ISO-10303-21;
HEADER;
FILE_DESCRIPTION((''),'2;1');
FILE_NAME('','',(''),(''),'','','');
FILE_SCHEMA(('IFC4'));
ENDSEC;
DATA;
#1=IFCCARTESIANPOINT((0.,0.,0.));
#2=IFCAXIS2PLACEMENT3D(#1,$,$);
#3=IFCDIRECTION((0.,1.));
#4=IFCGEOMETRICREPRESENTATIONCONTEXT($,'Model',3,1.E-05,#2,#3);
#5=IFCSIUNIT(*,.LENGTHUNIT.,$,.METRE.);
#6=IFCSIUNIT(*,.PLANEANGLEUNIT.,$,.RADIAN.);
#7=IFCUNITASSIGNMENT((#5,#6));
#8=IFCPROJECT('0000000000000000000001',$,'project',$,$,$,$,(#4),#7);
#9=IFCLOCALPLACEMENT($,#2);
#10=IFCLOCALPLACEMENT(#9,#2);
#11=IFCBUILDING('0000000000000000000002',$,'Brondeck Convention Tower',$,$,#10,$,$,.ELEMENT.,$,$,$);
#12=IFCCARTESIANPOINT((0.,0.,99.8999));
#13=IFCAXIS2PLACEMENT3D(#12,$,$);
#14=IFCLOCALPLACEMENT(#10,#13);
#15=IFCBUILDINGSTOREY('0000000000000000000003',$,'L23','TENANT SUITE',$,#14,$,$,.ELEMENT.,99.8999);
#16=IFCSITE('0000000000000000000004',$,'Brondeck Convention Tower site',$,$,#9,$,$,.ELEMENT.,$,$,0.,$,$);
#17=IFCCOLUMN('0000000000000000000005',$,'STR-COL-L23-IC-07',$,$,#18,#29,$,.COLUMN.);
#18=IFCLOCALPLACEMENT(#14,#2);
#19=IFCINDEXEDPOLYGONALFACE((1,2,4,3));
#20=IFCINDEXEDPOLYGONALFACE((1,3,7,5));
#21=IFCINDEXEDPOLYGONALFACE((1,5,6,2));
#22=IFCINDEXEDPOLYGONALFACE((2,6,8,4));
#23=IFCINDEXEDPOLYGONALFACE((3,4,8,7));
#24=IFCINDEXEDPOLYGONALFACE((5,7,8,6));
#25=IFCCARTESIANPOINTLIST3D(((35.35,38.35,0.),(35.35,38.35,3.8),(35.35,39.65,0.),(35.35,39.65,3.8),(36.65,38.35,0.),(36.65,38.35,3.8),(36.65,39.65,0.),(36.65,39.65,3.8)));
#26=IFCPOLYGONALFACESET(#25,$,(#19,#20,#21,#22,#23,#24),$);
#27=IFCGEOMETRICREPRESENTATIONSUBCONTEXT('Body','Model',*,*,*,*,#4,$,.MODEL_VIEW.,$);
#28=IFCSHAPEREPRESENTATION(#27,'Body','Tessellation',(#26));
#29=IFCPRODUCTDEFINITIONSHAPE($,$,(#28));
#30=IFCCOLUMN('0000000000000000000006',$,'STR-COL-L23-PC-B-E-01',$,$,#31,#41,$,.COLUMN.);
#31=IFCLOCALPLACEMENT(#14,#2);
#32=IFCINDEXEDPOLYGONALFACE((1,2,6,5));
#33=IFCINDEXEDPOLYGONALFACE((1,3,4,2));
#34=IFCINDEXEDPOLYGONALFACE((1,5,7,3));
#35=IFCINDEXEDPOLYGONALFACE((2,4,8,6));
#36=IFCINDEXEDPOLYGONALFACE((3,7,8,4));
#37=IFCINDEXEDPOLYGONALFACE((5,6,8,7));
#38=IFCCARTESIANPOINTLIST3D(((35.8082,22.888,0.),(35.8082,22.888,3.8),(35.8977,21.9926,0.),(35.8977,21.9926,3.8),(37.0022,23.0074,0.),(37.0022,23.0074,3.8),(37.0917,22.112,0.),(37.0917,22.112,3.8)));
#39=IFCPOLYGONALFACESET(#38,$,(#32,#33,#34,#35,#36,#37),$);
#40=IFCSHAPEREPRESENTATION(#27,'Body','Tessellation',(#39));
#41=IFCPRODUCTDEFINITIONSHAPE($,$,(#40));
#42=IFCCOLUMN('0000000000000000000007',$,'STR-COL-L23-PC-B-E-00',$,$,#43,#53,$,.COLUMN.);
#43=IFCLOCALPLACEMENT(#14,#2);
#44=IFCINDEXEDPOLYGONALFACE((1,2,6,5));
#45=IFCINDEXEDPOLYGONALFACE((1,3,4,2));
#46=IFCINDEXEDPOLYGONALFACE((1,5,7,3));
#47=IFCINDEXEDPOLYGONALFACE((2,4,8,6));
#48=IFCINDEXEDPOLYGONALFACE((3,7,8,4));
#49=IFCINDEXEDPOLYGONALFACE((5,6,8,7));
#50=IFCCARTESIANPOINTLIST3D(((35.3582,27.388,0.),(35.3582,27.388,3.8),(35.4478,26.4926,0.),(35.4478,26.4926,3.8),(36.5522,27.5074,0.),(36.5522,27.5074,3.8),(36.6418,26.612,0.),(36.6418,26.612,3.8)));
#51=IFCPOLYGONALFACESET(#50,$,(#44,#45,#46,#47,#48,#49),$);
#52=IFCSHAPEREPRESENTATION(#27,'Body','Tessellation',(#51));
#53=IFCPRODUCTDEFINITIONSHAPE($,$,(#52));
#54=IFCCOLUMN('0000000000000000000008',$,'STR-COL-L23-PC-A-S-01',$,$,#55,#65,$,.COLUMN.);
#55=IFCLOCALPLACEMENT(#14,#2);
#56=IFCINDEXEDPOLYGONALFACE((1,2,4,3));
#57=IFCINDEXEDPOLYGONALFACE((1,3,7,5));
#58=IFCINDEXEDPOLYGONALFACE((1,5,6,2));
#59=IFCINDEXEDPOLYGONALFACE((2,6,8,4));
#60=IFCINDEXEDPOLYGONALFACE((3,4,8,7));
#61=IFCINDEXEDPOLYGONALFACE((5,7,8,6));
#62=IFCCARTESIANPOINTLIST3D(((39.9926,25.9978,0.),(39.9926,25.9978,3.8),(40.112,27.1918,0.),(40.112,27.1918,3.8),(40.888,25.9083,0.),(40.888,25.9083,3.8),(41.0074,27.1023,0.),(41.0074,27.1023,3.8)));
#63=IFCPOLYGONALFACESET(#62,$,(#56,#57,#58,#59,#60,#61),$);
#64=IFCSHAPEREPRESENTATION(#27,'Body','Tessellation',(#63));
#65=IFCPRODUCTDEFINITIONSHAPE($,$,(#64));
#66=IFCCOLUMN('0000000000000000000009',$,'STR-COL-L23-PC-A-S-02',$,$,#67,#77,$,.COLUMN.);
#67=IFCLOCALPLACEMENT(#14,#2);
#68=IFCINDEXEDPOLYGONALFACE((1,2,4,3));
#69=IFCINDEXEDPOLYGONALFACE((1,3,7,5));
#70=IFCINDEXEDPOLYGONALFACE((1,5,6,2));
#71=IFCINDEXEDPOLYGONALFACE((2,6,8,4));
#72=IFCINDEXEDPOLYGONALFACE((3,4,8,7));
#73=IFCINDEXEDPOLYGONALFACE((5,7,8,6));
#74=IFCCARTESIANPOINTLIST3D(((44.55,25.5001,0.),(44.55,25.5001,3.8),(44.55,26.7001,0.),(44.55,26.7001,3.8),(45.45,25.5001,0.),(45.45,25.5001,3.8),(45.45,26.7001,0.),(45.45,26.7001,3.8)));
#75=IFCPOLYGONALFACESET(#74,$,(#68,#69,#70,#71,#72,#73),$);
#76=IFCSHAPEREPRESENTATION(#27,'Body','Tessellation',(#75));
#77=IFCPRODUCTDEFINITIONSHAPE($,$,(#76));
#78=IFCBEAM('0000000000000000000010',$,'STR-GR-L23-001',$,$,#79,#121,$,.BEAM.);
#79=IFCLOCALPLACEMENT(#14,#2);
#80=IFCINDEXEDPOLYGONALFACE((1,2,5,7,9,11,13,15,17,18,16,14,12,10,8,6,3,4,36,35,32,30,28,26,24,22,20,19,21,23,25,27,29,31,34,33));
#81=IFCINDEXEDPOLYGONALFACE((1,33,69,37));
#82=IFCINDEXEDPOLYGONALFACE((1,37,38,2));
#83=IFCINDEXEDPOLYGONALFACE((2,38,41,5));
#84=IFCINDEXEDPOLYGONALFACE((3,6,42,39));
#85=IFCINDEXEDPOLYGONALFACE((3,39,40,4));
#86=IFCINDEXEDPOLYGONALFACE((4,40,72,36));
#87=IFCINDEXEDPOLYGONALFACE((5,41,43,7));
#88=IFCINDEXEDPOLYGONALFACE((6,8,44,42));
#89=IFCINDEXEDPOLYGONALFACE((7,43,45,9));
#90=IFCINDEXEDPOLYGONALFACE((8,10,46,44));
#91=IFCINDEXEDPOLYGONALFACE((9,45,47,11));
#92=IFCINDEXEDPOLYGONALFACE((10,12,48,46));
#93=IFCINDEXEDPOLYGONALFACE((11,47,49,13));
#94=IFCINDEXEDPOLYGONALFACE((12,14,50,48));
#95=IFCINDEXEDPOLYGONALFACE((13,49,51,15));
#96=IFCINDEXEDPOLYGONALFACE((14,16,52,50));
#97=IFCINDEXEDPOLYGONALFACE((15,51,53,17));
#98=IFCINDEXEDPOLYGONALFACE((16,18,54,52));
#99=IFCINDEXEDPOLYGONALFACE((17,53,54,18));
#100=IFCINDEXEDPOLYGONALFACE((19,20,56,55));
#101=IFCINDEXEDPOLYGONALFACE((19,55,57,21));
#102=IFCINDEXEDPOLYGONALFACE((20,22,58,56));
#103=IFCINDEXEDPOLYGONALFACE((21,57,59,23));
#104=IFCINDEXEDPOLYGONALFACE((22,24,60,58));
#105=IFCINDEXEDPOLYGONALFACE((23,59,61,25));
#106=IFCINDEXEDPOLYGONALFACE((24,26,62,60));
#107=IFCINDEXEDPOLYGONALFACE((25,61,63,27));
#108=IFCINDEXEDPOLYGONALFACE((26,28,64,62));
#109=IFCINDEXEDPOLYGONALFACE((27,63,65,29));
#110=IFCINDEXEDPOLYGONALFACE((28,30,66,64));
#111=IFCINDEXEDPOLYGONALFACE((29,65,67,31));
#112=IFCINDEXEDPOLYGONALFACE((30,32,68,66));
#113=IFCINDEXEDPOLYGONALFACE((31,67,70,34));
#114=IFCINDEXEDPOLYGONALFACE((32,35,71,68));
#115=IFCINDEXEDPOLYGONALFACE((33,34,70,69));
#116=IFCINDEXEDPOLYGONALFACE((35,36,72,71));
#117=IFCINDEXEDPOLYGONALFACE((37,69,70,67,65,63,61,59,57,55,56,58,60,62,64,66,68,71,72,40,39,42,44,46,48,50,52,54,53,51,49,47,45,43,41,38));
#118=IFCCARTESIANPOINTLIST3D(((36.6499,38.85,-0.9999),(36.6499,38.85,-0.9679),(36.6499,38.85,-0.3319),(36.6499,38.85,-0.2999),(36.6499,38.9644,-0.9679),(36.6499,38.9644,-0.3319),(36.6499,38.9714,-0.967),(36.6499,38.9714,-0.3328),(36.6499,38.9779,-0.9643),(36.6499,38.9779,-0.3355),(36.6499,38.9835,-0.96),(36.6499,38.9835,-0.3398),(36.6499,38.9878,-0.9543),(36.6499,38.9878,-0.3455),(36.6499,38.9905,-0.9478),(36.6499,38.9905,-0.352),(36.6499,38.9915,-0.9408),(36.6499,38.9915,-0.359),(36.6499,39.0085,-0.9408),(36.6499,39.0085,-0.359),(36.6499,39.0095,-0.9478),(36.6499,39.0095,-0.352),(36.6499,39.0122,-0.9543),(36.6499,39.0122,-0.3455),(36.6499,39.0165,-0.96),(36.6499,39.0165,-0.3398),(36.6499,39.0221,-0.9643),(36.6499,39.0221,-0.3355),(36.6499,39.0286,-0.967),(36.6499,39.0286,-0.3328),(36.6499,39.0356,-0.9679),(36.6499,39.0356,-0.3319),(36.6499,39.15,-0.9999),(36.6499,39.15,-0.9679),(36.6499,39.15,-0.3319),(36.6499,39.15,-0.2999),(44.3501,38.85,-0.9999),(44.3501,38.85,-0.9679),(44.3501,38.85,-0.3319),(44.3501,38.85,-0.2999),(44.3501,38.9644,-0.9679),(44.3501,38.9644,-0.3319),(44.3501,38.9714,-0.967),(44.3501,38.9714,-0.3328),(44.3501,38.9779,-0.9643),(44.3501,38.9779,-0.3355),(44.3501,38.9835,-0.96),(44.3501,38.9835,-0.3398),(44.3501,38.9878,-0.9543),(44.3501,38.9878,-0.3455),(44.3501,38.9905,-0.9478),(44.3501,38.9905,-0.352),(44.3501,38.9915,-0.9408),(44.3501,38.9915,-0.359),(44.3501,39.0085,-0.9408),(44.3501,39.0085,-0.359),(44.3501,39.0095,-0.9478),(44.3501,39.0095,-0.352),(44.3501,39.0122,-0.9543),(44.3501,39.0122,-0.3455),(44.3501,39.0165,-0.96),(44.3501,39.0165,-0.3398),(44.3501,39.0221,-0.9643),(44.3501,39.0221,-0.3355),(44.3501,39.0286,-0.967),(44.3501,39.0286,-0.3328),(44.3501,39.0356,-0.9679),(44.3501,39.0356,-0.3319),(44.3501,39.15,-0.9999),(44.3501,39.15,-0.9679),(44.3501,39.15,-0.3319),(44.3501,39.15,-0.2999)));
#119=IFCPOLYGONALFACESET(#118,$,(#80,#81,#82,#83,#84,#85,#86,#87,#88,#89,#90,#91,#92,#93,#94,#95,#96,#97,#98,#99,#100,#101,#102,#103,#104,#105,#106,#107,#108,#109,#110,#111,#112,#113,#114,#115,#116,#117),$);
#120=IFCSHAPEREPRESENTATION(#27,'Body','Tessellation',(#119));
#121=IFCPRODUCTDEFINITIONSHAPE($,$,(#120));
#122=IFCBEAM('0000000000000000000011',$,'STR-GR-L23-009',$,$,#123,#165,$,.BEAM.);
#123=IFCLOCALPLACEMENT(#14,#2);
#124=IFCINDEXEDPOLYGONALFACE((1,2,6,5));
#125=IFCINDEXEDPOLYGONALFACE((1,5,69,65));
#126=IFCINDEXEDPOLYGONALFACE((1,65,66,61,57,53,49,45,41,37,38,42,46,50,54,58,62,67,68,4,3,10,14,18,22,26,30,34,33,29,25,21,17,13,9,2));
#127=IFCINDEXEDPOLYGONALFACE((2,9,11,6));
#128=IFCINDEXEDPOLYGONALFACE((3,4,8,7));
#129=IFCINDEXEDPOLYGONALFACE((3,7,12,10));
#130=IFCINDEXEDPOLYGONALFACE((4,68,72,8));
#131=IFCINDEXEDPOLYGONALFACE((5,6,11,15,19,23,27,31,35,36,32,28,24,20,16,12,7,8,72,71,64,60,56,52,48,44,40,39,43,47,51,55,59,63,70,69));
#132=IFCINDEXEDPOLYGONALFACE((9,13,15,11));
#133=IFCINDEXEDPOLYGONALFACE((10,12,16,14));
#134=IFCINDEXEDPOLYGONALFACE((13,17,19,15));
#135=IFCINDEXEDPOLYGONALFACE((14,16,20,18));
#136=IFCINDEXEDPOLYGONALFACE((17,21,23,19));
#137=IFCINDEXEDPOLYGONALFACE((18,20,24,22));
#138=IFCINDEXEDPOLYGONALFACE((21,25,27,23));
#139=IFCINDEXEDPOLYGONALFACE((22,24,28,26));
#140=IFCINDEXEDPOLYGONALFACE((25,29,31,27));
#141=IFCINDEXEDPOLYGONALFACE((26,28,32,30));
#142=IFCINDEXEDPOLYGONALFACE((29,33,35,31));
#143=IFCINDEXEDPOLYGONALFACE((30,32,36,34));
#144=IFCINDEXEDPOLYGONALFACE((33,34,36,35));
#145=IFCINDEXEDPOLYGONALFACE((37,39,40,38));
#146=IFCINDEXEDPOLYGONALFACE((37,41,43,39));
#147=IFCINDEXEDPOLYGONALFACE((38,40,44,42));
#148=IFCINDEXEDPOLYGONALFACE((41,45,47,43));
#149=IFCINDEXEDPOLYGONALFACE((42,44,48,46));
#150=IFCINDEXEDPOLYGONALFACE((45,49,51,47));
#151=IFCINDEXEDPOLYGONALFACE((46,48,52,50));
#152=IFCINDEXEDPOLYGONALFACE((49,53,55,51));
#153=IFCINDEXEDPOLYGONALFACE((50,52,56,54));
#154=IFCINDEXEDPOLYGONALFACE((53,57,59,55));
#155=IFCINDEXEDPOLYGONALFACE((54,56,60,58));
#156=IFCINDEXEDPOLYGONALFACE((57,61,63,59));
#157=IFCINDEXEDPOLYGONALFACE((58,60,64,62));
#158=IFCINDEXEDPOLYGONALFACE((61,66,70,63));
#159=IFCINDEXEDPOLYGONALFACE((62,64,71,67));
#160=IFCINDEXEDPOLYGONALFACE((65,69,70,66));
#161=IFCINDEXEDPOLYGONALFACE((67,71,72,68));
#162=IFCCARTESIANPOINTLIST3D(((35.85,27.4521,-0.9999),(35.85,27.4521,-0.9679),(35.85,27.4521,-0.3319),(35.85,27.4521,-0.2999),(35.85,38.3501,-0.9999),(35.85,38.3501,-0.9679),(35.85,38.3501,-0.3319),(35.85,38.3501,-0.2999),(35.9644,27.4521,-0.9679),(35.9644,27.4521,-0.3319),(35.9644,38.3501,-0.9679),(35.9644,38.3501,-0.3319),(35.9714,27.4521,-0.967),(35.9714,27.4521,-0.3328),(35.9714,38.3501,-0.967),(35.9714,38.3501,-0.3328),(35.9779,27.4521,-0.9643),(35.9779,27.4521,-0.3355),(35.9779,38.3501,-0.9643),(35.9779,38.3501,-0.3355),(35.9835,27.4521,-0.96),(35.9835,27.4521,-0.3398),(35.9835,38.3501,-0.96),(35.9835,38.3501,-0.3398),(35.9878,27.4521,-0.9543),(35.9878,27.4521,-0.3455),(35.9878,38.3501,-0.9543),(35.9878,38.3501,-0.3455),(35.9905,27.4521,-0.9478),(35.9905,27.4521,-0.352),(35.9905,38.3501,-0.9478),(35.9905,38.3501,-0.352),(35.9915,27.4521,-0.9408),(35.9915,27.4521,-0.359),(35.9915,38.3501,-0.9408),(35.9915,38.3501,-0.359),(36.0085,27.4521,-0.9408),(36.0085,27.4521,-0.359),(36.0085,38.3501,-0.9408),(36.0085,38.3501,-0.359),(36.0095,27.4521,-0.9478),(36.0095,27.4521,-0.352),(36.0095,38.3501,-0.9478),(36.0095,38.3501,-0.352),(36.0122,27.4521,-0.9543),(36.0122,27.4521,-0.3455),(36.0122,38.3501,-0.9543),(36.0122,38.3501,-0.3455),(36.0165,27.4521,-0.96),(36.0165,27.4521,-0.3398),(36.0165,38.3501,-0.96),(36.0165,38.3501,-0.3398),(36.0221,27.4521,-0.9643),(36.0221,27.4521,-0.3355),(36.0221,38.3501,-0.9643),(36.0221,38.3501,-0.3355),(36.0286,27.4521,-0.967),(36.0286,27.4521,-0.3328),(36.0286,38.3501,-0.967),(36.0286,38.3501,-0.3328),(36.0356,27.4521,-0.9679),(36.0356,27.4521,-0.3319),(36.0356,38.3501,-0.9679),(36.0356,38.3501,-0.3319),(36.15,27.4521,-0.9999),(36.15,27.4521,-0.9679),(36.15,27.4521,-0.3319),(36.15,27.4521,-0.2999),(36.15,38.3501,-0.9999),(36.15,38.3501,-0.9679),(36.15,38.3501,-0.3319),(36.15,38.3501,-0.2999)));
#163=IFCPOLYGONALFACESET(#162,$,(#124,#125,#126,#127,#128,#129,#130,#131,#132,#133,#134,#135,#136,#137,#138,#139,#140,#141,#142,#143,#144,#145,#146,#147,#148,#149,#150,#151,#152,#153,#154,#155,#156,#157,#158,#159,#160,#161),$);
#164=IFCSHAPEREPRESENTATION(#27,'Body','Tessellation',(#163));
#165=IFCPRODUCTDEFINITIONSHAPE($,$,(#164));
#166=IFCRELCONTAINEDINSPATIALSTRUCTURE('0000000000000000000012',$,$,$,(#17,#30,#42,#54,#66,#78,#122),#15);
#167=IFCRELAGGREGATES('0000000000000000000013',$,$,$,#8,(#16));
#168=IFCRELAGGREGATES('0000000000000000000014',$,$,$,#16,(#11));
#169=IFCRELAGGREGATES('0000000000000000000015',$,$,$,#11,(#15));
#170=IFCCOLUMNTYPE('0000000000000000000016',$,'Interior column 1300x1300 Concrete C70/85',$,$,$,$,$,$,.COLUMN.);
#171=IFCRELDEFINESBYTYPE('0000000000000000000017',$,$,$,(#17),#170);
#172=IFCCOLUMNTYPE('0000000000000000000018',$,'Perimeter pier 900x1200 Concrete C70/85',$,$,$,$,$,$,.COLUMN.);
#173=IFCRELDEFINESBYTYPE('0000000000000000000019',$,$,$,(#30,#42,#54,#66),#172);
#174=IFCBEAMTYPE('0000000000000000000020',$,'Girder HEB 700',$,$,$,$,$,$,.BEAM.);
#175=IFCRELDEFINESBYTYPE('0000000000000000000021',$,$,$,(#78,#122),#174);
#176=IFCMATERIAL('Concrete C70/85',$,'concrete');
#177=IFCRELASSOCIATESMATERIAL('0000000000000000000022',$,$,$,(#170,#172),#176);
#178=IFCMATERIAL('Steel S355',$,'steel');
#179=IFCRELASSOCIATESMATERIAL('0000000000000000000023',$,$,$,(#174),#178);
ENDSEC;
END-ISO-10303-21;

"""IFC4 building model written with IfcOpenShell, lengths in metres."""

from ifc_helpers import new_model, si_unit, direction, frame, origin, origin_2d, place, context, subcontext, project, spatial, rectangle, i_section, extrude, material, material_profile, profile_set, type_object, element, save


model = new_model("IFC4")

# Units and contexts
model_context = context("Model", 3, precision=1e-05, world=origin(), true_north=direction((0.0, 1.0)))
body_context = subcontext(model_context, "Body", "Model", "MODEL_VIEW")
ifc_project = project(units=[si_unit("LENGTHUNIT", "METRE"), si_unit("PLANEANGLEUNIT", "RADIAN")], contexts=[model_context])

# Site, building, storey
site_placement = place(None, origin())
site = spatial("IfcSite", under=ifc_project, at=site_placement, Name="Brondeck Convention Tower site", CompositionType="ELEMENT", RefElevation=0.0)
building_placement = place(site_placement, origin())
building = spatial("IfcBuilding", under=site, at=building_placement, Name="Brondeck Convention Tower", CompositionType="ELEMENT")
storey_placement = place(building_placement, frame((0.0, 0.0, 99.8999)))
storey = spatial("IfcBuildingStorey", under=building, at=storey_placement, Name="L23", Description="TENANT SUITE", CompositionType="ELEMENT", Elevation=99.8999)

# Columns
ifc_material_1 = material(Name="Concrete C70/85", Category="concrete")
ifc_material_profile_1 = material_profile(ifc_material_1, rectangle(XDim=1.3, YDim=1.3, at=origin_2d()), Name="Interior column 1300x1300 Concrete C70/85")
ifc_profile_set_1 = profile_set([ifc_material_profile_1], Name="Concrete C70/85")
column_type_1 = type_object("IfcColumnType", Name="Interior column 1300x1300 Concrete C70/85", PredefinedType="COLUMN", material=ifc_profile_set_1)
column_placement = place(storey_placement, frame((36.0, 39.0, 0.0), z_axis=(0.0, 0.0, 1.0), x_axis=(1.0, 0.0, 0.0)))
element("IfcColumn", 1, at=column_placement, inside=storey, type_object=column_type_1, Name="STR-COL-L23-IC-07", PredefinedType="COLUMN", context=body_context, shape_type="SweptSolid", body=[
    extrude(rectangle(XDim=1.3, YDim=1.3, at=origin_2d()), origin(), (0.0, 0.0, 1.0), 3.8),
])
ifc_material_profile_2 = material_profile(ifc_material_1, rectangle(XDim=0.8999, YDim=1.2, at=origin_2d()), Name="Perimeter pier 900x1200 Concrete C70/85")
ifc_profile_set_2 = profile_set([ifc_material_profile_2], Name="Concrete C70/85")
column_type_2 = type_object("IfcColumnType", Name="Perimeter pier 900x1200 Concrete C70/85", PredefinedType="COLUMN", material=ifc_profile_set_2)
for number, where, z_axis, x_axis, name in (
    (2, (36.45, 22.5, 0.0), (0.0, 0.0, 1.0), (-0.099504, 0.995037, 0.0), "STR-COL-L23-PC-B-E-01"),
    (3, (36.0, 27.0, 0.0), (0.0, 0.0, 1.0), (-0.099504, 0.995037, 0.0), "STR-COL-L23-PC-B-E-00"),
    (4, (40.5, 26.55, 0.0), (0.0, 0.0, 1.0), (0.995037, -0.099504, 0.0), "STR-COL-L23-PC-A-S-01"),
    (5, (45.0, 26.1001, 0.0), (0.0, 0.0, 1.0), (1.0, 0.0, 0.0), "STR-COL-L23-PC-A-S-02"),
):
    element("IfcColumn", number, at=place(storey_placement, frame(where, z_axis=z_axis, x_axis=x_axis)), inside=storey, type_object=column_type_2, Name=name, PredefinedType="COLUMN", context=body_context, shape_type="SweptSolid", body=[
        extrude(rectangle(XDim=0.8999, YDim=1.2, at=origin_2d()), origin(), (0.0, 0.0, 1.0), 3.8),
    ])

# Beams
ifc_material_2 = material(Name="Steel S355", Category="steel")
ifc_material_profile_3 = material_profile(ifc_material_2, i_section(OverallWidth=0.3, OverallDepth=0.7, WebThickness=0.0171, FlangeThickness=0.032, FilletRadius=0.0271, at=origin_2d()), Name="HEB 700")
ifc_profile_set_3 = profile_set([ifc_material_profile_3], Name="Steel S355")
beam_type_1 = type_object("IfcBeamType", Name="Girder HEB 700", PredefinedType="BEAM", material=ifc_profile_set_3)
beam_1_placement = place(storey_placement, frame((36.6499, 39.0, -0.6499), z_axis=(1.0, 0.0, 0.0), x_axis=(0.0, 1.0, 0.0)))
element("IfcBeam", 6, at=beam_1_placement, inside=storey, type_object=beam_type_1, Name="STR-GR-L23-001", PredefinedType="BEAM", context=body_context, shape_type="SweptSolid", body=[
    extrude(i_section(OverallWidth=0.3, OverallDepth=0.7, WebThickness=0.0171, FlangeThickness=0.032, FilletRadius=0.0271, at=origin_2d()), origin(), (0.0, 0.0, 1.0), 7.7002),
])
beam_2_placement = place(storey_placement, frame((36.0, 27.4521, -0.6499), z_axis=(0.0, 1.0, 0.0), x_axis=(-1.0, 0.0, 0.0)))
element("IfcBeam", 7, at=beam_2_placement, inside=storey, type_object=beam_type_1, Name="STR-GR-L23-009", PredefinedType="BEAM", context=body_context, shape_type="SweptSolid", body=[
    extrude(i_section(OverallWidth=0.3, OverallDepth=0.7, WebThickness=0.0171, FlangeThickness=0.032, FilletRadius=0.0271, at=origin_2d()), origin(), (0.0, 0.0, 1.0), 10.8979),
])

save(model, "model.ifc")
